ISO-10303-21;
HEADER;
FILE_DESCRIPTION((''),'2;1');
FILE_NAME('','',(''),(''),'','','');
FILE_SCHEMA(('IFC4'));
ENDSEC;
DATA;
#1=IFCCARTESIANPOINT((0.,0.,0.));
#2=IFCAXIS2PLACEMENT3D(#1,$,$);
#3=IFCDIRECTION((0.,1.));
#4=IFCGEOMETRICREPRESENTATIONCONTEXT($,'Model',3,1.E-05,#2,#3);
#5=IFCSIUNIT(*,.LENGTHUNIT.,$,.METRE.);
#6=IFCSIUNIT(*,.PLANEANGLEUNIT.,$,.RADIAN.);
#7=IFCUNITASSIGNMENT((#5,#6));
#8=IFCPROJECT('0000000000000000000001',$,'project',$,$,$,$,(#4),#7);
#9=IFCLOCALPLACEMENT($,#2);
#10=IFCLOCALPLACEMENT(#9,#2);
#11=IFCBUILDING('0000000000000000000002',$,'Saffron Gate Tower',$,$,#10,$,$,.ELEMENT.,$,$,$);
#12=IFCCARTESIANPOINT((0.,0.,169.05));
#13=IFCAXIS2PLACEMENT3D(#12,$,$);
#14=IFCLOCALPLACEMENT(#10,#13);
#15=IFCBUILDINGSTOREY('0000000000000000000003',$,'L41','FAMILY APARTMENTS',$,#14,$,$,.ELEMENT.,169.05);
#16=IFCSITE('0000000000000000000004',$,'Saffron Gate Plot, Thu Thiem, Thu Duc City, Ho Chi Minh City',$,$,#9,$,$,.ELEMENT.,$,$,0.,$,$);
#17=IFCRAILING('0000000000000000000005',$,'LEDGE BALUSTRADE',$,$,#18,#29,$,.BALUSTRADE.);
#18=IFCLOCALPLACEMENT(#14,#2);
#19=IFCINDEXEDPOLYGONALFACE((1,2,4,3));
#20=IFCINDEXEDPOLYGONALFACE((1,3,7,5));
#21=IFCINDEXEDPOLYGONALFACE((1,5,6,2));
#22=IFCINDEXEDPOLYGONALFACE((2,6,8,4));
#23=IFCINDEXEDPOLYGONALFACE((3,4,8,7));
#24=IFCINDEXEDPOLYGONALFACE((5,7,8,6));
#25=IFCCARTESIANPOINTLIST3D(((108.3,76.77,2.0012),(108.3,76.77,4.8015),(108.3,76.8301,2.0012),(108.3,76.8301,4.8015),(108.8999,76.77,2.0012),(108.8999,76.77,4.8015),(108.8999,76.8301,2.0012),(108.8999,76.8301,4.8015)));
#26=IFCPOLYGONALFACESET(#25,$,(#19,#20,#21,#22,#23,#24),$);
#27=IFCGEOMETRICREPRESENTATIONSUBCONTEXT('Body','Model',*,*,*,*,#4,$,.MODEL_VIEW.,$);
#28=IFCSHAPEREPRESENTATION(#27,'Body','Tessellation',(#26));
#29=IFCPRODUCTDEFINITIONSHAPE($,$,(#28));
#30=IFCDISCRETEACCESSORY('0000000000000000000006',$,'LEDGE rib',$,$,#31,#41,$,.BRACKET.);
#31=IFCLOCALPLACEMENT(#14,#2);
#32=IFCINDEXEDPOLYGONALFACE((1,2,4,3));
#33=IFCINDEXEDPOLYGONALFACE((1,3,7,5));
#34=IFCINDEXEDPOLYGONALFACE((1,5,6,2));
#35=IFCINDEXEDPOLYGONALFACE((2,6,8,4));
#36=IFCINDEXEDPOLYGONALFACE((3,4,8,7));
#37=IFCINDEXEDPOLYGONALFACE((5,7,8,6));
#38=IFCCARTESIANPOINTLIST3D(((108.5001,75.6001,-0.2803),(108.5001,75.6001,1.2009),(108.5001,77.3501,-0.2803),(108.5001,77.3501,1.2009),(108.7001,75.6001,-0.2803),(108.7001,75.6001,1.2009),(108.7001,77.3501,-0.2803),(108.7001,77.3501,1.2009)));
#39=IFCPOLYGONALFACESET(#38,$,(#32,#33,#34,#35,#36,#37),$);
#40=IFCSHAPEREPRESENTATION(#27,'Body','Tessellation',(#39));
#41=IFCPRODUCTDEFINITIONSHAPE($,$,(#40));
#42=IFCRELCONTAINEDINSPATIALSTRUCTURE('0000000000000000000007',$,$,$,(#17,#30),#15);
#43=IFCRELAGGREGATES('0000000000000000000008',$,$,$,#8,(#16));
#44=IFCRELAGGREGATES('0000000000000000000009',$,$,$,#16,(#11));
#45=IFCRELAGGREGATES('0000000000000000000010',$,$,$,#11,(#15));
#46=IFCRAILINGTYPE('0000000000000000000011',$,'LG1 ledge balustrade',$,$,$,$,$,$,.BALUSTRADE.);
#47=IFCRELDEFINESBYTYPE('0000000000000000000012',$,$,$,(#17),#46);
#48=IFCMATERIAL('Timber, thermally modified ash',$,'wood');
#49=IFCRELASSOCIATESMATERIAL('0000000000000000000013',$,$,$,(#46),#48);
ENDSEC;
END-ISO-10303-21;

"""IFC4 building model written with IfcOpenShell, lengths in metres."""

from ifc_helpers import new_model, si_unit, direction, frame, origin, origin_2d, place, context, subcontext, project, spatial, rectangle, extrude, material, type_object, element, save


model = new_model("IFC4")

# Units and contexts
model_context = context("Model", 3, precision=1e-05, world=origin(), true_north=direction((0.0, 1.0)))
body_context = subcontext(model_context, "Body", "Model", "MODEL_VIEW")
ifc_project = project(units=[si_unit("LENGTHUNIT", "METRE"), si_unit("PLANEANGLEUNIT", "RADIAN")], contexts=[model_context])

# Site, building, storey
site_placement = place(None, origin())
site = spatial("IfcSite", under=ifc_project, at=site_placement, Name="Saffron Gate Plot, Thu Thiem, Thu Duc City, Ho Chi Minh City", CompositionType="ELEMENT", RefElevation=0.0)
building_placement = place(site_placement, origin())
building = spatial("IfcBuilding", under=site, at=building_placement, Name="Saffron Gate Tower", CompositionType="ELEMENT")
storey_placement = place(building_placement, frame((0.0, 0.0, 169.05)))
storey = spatial("IfcBuildingStorey", under=building, at=storey_placement, Name="L41", Description="FAMILY APARTMENTS", CompositionType="ELEMENT", Elevation=169.05)

# Shared definitions
ifc_material_1 = material(Name="Timber, thermally modified ash", Category="wood")

# Railing
railing_type_1 = type_object("IfcRailingType", Name="LG1 ledge balustrade", PredefinedType="BALUSTRADE", material=ifc_material_1)
railing_1_placement = place(storey_placement, frame((108.8999, 76.8, 2.0012)))
element("IfcRailing", 1, at=railing_1_placement, inside=storey, type_object=railing_type_1, Name="LEDGE BALUSTRADE", PredefinedType="BALUSTRADE", context=body_context, shape_type="SweptSolid", body=[
    extrude(rectangle(XDim=0.0601, YDim=2.8003, at=origin_2d()), frame((0.0, 0.0, 1.4001), z_axis=(-1.0, 0.0, 0.0), x_axis=(0.0, -1.0, 0.0)), (0.0, 0.0, 1.0), 0.5999),
])

# Discrete accessory
discrete_accessory_placement = place(storey_placement, frame((108.6001, 76.4751, -0.2803), z_axis=(0.0, 0.0, 1.0), x_axis=(-1.0, 0.0, 0.0)))
element("IfcDiscreteAccessory", 2, at=discrete_accessory_placement, inside=storey, Name="LEDGE rib", PredefinedType="BRACKET", context=body_context, shape_type="SweptSolid", body=[
    extrude(rectangle(XDim=0.2, YDim=1.75, at=origin_2d()), origin(), (0.0, 0.0, 1.0), 1.4812),
])

save(model, "model.ifc")
